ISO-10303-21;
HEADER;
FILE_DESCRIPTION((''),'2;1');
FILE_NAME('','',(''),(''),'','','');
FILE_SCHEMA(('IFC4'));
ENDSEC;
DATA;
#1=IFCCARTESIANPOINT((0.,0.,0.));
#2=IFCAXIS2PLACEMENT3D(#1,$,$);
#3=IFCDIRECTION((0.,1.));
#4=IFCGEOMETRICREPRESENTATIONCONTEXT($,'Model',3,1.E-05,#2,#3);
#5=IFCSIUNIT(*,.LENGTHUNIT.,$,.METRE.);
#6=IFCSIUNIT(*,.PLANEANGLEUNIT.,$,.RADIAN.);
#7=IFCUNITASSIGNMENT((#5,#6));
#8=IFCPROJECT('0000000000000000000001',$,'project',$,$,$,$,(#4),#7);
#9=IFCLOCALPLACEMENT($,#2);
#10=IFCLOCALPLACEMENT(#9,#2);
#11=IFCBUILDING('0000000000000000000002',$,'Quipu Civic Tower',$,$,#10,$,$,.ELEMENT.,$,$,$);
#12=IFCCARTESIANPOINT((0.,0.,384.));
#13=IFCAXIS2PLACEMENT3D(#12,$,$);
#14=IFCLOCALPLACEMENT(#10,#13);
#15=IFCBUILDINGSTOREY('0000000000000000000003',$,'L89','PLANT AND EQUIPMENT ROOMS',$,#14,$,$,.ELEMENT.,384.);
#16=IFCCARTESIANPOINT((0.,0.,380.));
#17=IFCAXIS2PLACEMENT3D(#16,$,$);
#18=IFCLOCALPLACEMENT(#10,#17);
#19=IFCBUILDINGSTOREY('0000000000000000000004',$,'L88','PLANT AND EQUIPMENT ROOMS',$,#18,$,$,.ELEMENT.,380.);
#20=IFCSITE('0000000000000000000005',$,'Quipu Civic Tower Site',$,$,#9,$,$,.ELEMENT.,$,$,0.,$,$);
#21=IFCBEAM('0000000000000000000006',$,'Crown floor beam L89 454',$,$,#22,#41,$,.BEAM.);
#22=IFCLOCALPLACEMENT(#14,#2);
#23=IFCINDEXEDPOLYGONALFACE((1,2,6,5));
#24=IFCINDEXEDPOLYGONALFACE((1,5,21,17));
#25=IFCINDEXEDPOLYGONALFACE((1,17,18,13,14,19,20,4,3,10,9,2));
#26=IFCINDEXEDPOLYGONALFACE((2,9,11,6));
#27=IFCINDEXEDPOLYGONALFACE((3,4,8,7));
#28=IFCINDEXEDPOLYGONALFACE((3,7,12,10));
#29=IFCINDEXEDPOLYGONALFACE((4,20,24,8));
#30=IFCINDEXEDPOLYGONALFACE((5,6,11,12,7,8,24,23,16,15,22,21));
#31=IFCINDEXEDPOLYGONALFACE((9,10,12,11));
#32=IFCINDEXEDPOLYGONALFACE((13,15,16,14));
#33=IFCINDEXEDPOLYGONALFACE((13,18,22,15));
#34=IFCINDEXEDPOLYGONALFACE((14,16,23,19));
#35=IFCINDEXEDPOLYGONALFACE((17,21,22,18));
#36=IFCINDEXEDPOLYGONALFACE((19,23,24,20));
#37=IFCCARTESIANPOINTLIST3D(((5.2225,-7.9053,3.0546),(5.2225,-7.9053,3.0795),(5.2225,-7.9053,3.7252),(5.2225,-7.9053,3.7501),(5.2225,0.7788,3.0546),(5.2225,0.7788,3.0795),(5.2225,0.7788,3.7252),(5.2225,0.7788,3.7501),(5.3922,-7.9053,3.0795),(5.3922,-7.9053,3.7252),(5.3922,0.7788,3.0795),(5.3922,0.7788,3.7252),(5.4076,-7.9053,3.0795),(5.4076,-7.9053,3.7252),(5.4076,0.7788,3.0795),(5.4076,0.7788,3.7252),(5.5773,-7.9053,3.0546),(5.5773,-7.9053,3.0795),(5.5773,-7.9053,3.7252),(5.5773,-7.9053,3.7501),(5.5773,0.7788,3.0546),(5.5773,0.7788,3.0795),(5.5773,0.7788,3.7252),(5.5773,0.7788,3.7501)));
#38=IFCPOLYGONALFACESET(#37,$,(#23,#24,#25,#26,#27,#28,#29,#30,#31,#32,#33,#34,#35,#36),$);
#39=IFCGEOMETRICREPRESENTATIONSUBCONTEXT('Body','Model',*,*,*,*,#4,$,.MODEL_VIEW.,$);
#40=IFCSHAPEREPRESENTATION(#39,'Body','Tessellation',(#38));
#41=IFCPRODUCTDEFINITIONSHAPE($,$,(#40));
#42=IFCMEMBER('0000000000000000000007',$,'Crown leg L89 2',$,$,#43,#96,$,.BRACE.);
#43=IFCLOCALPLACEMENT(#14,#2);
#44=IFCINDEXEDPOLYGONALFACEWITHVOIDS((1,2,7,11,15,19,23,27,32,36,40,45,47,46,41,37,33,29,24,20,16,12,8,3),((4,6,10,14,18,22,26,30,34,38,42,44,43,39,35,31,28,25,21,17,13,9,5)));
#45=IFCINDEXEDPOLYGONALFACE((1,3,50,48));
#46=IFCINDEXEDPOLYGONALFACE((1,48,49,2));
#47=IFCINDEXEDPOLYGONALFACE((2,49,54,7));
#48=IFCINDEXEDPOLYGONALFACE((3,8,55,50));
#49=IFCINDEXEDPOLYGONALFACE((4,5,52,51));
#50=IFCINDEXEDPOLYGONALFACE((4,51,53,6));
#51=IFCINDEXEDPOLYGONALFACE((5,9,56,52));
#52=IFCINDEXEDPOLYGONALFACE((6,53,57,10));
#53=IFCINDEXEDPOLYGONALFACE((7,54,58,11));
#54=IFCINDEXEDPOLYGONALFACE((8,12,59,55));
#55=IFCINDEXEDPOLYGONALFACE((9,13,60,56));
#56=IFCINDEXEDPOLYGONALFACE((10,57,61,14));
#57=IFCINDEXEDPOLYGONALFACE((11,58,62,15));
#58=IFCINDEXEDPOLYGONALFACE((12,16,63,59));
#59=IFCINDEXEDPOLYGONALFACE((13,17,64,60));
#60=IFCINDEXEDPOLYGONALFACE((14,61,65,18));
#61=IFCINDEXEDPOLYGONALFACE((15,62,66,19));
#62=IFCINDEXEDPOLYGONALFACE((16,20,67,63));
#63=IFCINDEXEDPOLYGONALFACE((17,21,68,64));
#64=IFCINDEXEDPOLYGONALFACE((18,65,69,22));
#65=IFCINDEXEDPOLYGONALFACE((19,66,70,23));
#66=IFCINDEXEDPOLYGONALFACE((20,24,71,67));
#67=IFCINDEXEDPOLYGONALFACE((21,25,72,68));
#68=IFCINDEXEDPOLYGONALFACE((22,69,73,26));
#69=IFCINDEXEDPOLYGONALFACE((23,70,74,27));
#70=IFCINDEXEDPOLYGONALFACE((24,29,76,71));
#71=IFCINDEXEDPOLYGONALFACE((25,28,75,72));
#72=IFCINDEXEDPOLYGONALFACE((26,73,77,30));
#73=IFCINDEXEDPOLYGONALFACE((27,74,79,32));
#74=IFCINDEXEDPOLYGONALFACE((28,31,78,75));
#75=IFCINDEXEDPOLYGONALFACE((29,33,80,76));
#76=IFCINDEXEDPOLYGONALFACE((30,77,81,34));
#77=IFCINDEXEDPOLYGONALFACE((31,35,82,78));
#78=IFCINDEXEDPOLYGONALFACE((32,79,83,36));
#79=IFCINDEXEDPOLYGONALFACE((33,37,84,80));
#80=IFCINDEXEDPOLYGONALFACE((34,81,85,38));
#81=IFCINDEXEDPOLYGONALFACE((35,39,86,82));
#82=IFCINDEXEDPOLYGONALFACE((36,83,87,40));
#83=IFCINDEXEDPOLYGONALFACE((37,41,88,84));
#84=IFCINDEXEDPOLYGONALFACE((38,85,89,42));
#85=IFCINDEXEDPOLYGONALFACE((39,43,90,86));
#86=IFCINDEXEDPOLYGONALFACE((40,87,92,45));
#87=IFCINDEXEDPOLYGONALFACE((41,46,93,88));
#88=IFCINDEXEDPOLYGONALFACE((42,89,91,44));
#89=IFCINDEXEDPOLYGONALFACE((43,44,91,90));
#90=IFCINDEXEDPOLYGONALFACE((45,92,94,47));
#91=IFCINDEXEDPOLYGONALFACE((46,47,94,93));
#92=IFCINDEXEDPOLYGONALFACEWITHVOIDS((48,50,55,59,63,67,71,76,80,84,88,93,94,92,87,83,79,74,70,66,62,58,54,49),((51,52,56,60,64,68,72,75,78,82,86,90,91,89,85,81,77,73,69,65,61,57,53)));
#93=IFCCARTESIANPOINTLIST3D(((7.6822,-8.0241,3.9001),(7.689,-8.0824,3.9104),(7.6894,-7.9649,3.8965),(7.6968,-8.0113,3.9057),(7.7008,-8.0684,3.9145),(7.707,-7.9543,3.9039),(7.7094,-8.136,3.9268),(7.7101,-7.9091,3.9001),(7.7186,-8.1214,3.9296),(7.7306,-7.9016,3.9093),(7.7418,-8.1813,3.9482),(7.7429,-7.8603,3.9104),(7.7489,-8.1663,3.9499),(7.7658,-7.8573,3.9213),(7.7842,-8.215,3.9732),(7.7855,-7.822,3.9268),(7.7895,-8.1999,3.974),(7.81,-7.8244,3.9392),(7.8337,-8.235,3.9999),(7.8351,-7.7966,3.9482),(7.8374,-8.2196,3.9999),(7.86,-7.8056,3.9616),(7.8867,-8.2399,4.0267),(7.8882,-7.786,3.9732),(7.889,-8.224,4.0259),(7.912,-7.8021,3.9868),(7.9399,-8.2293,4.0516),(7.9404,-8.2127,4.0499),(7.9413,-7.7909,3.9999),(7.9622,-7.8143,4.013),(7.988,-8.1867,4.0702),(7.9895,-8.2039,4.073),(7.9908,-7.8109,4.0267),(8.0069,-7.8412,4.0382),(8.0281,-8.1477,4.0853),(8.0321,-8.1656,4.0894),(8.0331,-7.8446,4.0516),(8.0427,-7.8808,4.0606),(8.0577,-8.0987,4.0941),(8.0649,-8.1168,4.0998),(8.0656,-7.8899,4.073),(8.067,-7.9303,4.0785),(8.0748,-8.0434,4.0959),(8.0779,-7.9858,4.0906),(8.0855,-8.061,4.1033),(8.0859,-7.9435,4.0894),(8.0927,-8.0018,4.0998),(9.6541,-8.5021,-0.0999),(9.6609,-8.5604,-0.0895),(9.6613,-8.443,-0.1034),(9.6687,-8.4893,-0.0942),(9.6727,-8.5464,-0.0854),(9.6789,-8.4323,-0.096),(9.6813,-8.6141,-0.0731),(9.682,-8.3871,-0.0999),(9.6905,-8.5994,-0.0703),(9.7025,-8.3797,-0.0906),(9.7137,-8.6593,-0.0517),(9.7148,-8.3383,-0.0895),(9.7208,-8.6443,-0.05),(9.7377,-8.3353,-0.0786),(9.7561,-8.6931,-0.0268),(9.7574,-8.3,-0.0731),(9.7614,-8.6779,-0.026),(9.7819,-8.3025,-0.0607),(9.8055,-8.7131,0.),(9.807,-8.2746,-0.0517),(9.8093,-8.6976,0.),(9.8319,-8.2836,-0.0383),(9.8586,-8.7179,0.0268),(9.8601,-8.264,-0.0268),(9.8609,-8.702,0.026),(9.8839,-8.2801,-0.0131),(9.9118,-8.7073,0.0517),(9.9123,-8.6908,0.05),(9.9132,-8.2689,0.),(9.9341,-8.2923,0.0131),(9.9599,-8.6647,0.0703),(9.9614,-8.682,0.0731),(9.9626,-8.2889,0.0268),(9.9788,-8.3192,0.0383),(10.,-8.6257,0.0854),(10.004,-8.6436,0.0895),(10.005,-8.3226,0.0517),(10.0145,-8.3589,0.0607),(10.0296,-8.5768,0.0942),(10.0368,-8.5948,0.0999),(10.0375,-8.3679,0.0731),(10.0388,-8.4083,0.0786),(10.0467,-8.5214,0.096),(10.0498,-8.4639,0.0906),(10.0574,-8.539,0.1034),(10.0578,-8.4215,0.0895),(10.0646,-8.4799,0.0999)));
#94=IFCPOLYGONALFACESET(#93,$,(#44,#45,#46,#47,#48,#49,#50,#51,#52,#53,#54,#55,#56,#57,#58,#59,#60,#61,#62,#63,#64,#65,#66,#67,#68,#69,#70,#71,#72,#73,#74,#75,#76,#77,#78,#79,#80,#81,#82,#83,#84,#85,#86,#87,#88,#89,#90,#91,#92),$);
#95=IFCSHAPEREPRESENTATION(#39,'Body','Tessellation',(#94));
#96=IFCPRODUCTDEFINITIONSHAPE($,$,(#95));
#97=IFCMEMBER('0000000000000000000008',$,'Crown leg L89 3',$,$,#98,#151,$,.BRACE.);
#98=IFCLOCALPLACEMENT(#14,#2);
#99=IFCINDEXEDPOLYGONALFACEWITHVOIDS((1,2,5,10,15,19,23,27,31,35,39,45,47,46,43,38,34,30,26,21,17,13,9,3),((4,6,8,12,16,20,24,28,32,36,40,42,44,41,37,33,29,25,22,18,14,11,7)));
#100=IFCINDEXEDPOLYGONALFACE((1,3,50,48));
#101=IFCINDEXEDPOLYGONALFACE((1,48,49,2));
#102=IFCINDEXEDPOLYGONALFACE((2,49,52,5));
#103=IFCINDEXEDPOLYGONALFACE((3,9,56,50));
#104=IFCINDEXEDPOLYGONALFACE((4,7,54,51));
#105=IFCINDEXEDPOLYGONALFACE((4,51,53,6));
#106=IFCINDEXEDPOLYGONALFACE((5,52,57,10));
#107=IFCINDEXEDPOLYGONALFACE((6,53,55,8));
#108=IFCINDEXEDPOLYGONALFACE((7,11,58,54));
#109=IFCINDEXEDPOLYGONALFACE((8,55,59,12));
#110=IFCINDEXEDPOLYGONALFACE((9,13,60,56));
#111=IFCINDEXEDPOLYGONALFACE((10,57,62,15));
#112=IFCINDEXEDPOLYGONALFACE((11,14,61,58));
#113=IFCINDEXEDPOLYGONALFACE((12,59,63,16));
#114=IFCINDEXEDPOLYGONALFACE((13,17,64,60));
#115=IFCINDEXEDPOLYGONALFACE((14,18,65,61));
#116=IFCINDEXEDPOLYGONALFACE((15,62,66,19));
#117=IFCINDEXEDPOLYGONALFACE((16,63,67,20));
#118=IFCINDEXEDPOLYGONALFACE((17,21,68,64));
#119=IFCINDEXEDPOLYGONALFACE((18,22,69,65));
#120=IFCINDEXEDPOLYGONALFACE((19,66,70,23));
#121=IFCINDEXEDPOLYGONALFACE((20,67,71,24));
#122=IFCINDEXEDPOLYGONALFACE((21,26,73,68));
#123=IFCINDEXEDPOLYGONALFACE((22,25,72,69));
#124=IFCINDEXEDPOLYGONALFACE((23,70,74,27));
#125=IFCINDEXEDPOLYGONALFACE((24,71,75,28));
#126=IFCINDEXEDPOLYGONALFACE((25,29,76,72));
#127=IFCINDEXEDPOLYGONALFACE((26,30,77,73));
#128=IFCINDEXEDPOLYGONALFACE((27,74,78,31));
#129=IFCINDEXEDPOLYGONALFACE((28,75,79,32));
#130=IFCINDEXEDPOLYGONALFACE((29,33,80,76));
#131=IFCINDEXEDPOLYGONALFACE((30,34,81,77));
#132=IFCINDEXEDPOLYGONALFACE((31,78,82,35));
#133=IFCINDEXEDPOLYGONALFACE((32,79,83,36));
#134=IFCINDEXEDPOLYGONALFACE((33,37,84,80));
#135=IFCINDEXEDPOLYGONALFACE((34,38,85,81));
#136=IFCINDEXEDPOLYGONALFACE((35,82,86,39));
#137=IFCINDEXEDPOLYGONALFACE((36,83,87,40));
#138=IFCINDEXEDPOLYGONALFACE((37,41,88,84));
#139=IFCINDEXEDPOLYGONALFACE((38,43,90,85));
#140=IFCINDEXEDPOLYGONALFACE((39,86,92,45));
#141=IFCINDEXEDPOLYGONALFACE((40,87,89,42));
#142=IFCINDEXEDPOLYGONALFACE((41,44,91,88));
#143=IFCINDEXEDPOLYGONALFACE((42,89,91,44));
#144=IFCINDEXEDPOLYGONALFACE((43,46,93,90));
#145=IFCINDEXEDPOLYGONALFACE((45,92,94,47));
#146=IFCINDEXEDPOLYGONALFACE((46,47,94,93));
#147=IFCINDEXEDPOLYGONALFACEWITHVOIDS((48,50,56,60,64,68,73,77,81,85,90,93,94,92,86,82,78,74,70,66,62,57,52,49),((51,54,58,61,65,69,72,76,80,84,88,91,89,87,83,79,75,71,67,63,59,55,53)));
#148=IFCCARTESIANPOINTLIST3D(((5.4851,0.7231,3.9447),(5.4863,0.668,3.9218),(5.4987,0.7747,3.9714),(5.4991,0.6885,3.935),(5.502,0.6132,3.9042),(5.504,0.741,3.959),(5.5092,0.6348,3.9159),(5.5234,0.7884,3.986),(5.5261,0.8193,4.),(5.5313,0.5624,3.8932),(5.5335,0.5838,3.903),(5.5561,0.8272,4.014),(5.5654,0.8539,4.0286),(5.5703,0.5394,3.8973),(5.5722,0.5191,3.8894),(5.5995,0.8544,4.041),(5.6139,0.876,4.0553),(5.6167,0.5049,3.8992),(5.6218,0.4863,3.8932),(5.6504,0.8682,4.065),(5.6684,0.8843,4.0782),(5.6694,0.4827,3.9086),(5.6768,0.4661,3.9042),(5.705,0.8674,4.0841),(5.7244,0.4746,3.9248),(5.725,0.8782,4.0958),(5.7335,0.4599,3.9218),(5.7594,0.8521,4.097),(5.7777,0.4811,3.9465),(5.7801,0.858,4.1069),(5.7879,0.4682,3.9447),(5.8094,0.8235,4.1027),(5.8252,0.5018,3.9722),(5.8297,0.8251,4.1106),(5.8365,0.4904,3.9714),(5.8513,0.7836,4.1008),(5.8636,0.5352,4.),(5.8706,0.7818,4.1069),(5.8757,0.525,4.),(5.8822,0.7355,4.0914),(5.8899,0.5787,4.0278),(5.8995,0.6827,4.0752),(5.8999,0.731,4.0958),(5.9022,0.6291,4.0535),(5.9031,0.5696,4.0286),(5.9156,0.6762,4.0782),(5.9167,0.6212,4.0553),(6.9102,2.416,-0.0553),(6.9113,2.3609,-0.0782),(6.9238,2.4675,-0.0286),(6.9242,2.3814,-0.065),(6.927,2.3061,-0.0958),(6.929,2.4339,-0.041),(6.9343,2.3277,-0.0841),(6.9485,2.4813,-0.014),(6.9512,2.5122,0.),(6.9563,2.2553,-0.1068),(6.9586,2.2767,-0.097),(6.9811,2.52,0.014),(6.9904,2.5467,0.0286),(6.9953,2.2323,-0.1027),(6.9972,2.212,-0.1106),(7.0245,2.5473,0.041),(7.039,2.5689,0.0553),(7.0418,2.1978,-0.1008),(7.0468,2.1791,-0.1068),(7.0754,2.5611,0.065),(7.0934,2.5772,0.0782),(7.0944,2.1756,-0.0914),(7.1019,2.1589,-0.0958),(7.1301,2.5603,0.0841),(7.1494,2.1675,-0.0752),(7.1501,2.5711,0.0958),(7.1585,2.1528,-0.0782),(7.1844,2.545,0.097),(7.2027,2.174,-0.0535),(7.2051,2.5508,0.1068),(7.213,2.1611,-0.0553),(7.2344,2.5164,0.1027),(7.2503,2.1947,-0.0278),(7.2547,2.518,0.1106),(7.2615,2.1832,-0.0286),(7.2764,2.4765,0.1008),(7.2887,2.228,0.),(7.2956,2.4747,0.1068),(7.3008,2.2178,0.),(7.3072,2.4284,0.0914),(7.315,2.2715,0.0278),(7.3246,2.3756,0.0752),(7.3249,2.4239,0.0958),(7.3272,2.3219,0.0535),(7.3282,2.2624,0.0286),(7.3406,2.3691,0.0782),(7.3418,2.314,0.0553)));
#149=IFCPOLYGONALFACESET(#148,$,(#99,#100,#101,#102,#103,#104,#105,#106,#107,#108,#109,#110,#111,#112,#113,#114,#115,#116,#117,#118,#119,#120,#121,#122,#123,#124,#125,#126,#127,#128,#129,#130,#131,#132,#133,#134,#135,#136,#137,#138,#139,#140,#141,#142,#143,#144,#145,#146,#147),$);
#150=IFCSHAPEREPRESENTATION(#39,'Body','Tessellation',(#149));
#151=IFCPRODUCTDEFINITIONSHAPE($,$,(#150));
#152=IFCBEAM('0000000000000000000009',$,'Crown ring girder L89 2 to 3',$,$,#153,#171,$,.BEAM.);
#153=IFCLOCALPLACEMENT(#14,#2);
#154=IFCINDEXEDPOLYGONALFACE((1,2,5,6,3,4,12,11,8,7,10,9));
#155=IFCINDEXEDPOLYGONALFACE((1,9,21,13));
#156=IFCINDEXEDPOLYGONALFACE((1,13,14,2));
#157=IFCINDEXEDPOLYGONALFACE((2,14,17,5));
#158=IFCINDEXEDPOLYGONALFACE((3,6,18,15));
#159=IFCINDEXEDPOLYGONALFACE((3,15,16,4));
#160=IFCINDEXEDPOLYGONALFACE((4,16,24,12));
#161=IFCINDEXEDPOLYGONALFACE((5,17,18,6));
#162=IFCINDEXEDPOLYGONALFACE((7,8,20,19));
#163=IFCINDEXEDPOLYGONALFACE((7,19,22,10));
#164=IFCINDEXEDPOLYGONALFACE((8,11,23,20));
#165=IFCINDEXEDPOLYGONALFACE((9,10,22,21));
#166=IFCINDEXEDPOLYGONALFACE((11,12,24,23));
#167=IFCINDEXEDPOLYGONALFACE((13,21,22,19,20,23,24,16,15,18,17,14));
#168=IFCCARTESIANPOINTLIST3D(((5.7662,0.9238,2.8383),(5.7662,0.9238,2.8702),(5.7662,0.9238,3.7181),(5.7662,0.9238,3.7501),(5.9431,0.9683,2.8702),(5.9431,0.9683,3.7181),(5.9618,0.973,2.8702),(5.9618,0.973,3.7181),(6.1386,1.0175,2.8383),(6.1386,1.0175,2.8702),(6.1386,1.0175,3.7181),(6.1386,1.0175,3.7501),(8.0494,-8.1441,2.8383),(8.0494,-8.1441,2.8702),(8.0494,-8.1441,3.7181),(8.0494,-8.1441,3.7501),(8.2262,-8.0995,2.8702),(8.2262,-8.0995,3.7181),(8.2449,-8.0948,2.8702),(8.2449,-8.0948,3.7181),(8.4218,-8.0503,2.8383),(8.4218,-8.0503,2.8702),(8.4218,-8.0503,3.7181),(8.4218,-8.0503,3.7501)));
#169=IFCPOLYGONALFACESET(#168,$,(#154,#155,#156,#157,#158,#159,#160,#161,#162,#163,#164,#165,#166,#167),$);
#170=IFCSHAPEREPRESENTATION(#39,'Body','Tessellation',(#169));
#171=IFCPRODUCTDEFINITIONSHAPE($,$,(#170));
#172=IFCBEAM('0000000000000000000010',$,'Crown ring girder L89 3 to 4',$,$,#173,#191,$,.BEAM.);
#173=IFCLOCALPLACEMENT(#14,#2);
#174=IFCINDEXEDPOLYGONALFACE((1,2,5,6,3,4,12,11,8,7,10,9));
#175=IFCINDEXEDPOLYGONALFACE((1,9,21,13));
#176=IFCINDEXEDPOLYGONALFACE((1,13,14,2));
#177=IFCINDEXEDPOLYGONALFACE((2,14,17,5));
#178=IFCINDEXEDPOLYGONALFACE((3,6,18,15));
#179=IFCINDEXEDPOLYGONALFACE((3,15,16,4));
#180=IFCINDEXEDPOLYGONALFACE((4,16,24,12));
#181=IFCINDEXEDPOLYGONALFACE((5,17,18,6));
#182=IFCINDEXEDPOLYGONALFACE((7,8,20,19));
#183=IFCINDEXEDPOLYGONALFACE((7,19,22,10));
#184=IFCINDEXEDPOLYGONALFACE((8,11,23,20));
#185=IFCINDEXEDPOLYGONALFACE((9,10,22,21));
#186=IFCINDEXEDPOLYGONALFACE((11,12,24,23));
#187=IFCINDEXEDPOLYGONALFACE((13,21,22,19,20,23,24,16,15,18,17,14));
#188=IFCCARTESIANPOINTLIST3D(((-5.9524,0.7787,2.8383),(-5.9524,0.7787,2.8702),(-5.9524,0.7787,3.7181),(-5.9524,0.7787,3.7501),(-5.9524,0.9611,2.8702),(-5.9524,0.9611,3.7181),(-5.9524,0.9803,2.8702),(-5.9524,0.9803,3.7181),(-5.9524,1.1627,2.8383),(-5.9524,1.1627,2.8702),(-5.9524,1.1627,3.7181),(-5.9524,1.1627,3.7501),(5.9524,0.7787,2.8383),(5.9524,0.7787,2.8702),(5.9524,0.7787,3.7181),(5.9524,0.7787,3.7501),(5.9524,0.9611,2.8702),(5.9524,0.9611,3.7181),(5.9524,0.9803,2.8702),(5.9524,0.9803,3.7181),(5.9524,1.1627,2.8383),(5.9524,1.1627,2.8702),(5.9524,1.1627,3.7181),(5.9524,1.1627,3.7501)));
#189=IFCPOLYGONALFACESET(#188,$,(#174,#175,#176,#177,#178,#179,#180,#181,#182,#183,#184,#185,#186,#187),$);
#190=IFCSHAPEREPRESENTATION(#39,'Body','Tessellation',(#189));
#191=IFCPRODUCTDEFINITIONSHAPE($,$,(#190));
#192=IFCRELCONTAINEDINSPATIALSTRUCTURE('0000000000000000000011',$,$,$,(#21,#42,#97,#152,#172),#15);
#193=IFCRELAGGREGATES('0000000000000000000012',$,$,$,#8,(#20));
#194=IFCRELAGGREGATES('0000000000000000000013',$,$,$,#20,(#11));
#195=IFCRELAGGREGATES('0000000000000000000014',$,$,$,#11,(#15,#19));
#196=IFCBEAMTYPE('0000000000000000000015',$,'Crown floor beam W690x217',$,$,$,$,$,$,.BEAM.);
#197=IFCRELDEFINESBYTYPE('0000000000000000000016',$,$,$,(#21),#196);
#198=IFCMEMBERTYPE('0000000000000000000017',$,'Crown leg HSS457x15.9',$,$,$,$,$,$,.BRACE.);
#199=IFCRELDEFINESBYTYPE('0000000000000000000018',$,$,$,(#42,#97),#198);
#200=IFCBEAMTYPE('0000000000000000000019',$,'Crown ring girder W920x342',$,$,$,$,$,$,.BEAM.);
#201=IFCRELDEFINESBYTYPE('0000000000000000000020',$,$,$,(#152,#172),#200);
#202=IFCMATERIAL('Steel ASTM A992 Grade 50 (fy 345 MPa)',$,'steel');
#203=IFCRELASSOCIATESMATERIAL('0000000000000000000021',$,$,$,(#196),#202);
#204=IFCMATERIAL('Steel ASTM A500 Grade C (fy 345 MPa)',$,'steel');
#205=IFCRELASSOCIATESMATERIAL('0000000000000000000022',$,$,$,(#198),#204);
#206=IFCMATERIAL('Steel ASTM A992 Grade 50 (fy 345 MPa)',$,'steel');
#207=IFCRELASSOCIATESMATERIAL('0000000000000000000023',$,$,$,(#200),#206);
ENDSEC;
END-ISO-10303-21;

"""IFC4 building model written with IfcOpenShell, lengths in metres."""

from ifc_helpers import new_model, si_unit, direction, frame, origin, origin_2d, place, context, subcontext, project, spatial, hollow_circle, i_section, extrude, material, material_profile, profile_set, type_object, element, save


model = new_model("IFC4")

# Units and contexts
model_context = context("Model", 3, precision=1e-05, world=origin(), true_north=direction((0.0, 1.0)))
body_context = subcontext(model_context, "Body", "Model", "MODEL_VIEW")
ifc_project = project(units=[si_unit("LENGTHUNIT", "METRE"), si_unit("PLANEANGLEUNIT", "RADIAN")], contexts=[model_context])

# Site, building, storey
site_placement = place(None, origin())
site = spatial("IfcSite", under=ifc_project, at=site_placement, Name="Quipu Civic Tower Site", CompositionType="ELEMENT", RefElevation=0.0)
building_placement = place(site_placement, origin())
building = spatial("IfcBuilding", under=site, at=building_placement, Name="Quipu Civic Tower", CompositionType="ELEMENT")
storey_1_placement = place(building_placement, frame((0.0, 0.0, 384.0)))
storey_1 = spatial("IfcBuildingStorey", under=building, at=storey_1_placement, Name="L89", Description="PLANT AND EQUIPMENT ROOMS", CompositionType="ELEMENT", Elevation=384.0)

# Beam
ifc_material_1 = material(Name="Steel ASTM A992 Grade 50 (fy 345 MPa)", Category="steel")
ifc_material_profile_1 = material_profile(ifc_material_1, i_section(OverallWidth=0.3547, OverallDepth=0.6956, WebThickness=0.0154, FlangeThickness=0.0249, at=origin_2d()), Name="W690x217")
ifc_profile_set_1 = profile_set([ifc_material_profile_1], Name="Steel ASTM A992 Grade 50 (fy 345 MPa)")
beam_type_1 = type_object("IfcBeamType", Name="Crown floor beam W690x217", PredefinedType="BEAM", material=ifc_profile_set_1)
beam_1_placement = place(storey_1_placement, frame((5.3999, -7.9053, 3.4023), z_axis=(0.0, 1.0, 0.0), x_axis=(-1.0, 0.0, 0.0)))
element("IfcBeam", 1, at=beam_1_placement, inside=storey_1, type_object=beam_type_1, Name="Crown floor beam L89 454", PredefinedType="BEAM", context=body_context, shape_type="SweptSolid", body=[
    extrude(i_section(OverallWidth=0.3547, OverallDepth=0.6956, WebThickness=0.0154, FlangeThickness=0.0249, at=origin_2d()), origin(), (0.0, 0.0, 1.0), 8.6841),
])

# Members
ifc_material_2 = material(Name="Steel ASTM A500 Grade C (fy 345 MPa)", Category="steel")
ifc_material_profile_2 = material_profile(ifc_material_2, hollow_circle(Radius=0.2285, WallThickness=0.0159, at=origin_2d()), Name="HSS457x15.9")
ifc_profile_set_2 = profile_set([ifc_material_profile_2], Name="Steel ASTM A500 Grade C (fy 345 MPa)")
member_type_1 = type_object("IfcMemberType", Name="Crown leg HSS457x15.9", PredefinedType="BRACE", material=ifc_profile_set_2)
member_1_placement = place(storey_1_placement, frame((9.8594, -8.491, 0.0), z_axis=(-0.439652, 0.106579, 0.891823), x_axis=(-0.235593, -0.971852, 0.0)))
element("IfcMember", 2, at=member_1_placement, inside=storey_1, type_object=member_type_1, Name="Crown leg L89 2", PredefinedType="BRACE", context=body_context, shape_type="SweptSolid", body=[
    extrude(hollow_circle(Radius=0.2285, WallThickness=0.0159, at=origin_2d()), origin(), (0.0, 0.0, 1.0), 4.4851),
])
member_2_placement = place(storey_1_placement, frame((7.126, 2.365, 0.0), z_axis=(-0.31174, -0.370328, 0.875029), x_axis=(0.765028, -0.643996, 0.0)))
element("IfcMember", 3, at=member_2_placement, inside=storey_1, type_object=member_type_1, Name="Crown leg L89 3", PredefinedType="BRACE", context=body_context, shape_type="SweptSolid", body=[
    extrude(hollow_circle(Radius=0.2285, WallThickness=0.0159, at=origin_2d()), origin(), (0.0, 0.0, 1.0), 4.5713),
])

# Beams
ifc_material_3 = material(Name="Steel ASTM A992 Grade 50 (fy 345 MPa)", Category="steel")
ifc_material_profile_3 = material_profile(ifc_material_3, i_section(OverallWidth=0.384, OverallDepth=0.9119, WebThickness=0.0193, FlangeThickness=0.032, at=origin_2d()), Name="W920x342")
ifc_profile_set_3 = profile_set([ifc_material_profile_3], Name="Steel ASTM A992 Grade 50 (fy 345 MPa)")
beam_type_2 = type_object("IfcBeamType", Name="Crown ring girder W920x342", PredefinedType="BEAM", material=ifc_profile_set_3)
beam_2_placement = place(storey_1_placement, frame((8.2356, -8.0972, 3.2942), z_axis=(-0.244169, 0.969733, 0.0), x_axis=(-0.969733, -0.244169, 0.0)))
element("IfcBeam", 4, at=beam_2_placement, inside=storey_1, type_object=beam_type_2, Name="Crown ring girder L89 2 to 3", PredefinedType="BEAM", context=body_context, shape_type="SweptSolid", body=[
    extrude(i_section(OverallWidth=0.384, OverallDepth=0.9119, WebThickness=0.0193, FlangeThickness=0.032, at=origin_2d()), origin(), (0.0, 0.0, 1.0), 9.3508),
])
beam_3_placement = place(storey_1_placement, frame((5.9524, 0.9707, 3.2942), z_axis=(-1.0, 0.0, 0.0), x_axis=(0.0, -1.0, 0.0)))
element("IfcBeam", 5, at=beam_3_placement, inside=storey_1, type_object=beam_type_2, Name="Crown ring girder L89 3 to 4", PredefinedType="BEAM", context=body_context, shape_type="SweptSolid", body=[
    extrude(i_section(OverallWidth=0.384, OverallDepth=0.9119, WebThickness=0.0193, FlangeThickness=0.032, at=origin_2d()), origin(), (0.0, 0.0, 1.0), 11.9048),
])

# Shared definitions
storey_2_placement = place(building_placement, frame((0.0, 0.0, 380.0)))
storey_2 = spatial("IfcBuildingStorey", under=building, at=storey_2_placement, Name="L88", Description="PLANT AND EQUIPMENT ROOMS", CompositionType="ELEMENT", Elevation=380.0)

save(model, "model.ifc")
